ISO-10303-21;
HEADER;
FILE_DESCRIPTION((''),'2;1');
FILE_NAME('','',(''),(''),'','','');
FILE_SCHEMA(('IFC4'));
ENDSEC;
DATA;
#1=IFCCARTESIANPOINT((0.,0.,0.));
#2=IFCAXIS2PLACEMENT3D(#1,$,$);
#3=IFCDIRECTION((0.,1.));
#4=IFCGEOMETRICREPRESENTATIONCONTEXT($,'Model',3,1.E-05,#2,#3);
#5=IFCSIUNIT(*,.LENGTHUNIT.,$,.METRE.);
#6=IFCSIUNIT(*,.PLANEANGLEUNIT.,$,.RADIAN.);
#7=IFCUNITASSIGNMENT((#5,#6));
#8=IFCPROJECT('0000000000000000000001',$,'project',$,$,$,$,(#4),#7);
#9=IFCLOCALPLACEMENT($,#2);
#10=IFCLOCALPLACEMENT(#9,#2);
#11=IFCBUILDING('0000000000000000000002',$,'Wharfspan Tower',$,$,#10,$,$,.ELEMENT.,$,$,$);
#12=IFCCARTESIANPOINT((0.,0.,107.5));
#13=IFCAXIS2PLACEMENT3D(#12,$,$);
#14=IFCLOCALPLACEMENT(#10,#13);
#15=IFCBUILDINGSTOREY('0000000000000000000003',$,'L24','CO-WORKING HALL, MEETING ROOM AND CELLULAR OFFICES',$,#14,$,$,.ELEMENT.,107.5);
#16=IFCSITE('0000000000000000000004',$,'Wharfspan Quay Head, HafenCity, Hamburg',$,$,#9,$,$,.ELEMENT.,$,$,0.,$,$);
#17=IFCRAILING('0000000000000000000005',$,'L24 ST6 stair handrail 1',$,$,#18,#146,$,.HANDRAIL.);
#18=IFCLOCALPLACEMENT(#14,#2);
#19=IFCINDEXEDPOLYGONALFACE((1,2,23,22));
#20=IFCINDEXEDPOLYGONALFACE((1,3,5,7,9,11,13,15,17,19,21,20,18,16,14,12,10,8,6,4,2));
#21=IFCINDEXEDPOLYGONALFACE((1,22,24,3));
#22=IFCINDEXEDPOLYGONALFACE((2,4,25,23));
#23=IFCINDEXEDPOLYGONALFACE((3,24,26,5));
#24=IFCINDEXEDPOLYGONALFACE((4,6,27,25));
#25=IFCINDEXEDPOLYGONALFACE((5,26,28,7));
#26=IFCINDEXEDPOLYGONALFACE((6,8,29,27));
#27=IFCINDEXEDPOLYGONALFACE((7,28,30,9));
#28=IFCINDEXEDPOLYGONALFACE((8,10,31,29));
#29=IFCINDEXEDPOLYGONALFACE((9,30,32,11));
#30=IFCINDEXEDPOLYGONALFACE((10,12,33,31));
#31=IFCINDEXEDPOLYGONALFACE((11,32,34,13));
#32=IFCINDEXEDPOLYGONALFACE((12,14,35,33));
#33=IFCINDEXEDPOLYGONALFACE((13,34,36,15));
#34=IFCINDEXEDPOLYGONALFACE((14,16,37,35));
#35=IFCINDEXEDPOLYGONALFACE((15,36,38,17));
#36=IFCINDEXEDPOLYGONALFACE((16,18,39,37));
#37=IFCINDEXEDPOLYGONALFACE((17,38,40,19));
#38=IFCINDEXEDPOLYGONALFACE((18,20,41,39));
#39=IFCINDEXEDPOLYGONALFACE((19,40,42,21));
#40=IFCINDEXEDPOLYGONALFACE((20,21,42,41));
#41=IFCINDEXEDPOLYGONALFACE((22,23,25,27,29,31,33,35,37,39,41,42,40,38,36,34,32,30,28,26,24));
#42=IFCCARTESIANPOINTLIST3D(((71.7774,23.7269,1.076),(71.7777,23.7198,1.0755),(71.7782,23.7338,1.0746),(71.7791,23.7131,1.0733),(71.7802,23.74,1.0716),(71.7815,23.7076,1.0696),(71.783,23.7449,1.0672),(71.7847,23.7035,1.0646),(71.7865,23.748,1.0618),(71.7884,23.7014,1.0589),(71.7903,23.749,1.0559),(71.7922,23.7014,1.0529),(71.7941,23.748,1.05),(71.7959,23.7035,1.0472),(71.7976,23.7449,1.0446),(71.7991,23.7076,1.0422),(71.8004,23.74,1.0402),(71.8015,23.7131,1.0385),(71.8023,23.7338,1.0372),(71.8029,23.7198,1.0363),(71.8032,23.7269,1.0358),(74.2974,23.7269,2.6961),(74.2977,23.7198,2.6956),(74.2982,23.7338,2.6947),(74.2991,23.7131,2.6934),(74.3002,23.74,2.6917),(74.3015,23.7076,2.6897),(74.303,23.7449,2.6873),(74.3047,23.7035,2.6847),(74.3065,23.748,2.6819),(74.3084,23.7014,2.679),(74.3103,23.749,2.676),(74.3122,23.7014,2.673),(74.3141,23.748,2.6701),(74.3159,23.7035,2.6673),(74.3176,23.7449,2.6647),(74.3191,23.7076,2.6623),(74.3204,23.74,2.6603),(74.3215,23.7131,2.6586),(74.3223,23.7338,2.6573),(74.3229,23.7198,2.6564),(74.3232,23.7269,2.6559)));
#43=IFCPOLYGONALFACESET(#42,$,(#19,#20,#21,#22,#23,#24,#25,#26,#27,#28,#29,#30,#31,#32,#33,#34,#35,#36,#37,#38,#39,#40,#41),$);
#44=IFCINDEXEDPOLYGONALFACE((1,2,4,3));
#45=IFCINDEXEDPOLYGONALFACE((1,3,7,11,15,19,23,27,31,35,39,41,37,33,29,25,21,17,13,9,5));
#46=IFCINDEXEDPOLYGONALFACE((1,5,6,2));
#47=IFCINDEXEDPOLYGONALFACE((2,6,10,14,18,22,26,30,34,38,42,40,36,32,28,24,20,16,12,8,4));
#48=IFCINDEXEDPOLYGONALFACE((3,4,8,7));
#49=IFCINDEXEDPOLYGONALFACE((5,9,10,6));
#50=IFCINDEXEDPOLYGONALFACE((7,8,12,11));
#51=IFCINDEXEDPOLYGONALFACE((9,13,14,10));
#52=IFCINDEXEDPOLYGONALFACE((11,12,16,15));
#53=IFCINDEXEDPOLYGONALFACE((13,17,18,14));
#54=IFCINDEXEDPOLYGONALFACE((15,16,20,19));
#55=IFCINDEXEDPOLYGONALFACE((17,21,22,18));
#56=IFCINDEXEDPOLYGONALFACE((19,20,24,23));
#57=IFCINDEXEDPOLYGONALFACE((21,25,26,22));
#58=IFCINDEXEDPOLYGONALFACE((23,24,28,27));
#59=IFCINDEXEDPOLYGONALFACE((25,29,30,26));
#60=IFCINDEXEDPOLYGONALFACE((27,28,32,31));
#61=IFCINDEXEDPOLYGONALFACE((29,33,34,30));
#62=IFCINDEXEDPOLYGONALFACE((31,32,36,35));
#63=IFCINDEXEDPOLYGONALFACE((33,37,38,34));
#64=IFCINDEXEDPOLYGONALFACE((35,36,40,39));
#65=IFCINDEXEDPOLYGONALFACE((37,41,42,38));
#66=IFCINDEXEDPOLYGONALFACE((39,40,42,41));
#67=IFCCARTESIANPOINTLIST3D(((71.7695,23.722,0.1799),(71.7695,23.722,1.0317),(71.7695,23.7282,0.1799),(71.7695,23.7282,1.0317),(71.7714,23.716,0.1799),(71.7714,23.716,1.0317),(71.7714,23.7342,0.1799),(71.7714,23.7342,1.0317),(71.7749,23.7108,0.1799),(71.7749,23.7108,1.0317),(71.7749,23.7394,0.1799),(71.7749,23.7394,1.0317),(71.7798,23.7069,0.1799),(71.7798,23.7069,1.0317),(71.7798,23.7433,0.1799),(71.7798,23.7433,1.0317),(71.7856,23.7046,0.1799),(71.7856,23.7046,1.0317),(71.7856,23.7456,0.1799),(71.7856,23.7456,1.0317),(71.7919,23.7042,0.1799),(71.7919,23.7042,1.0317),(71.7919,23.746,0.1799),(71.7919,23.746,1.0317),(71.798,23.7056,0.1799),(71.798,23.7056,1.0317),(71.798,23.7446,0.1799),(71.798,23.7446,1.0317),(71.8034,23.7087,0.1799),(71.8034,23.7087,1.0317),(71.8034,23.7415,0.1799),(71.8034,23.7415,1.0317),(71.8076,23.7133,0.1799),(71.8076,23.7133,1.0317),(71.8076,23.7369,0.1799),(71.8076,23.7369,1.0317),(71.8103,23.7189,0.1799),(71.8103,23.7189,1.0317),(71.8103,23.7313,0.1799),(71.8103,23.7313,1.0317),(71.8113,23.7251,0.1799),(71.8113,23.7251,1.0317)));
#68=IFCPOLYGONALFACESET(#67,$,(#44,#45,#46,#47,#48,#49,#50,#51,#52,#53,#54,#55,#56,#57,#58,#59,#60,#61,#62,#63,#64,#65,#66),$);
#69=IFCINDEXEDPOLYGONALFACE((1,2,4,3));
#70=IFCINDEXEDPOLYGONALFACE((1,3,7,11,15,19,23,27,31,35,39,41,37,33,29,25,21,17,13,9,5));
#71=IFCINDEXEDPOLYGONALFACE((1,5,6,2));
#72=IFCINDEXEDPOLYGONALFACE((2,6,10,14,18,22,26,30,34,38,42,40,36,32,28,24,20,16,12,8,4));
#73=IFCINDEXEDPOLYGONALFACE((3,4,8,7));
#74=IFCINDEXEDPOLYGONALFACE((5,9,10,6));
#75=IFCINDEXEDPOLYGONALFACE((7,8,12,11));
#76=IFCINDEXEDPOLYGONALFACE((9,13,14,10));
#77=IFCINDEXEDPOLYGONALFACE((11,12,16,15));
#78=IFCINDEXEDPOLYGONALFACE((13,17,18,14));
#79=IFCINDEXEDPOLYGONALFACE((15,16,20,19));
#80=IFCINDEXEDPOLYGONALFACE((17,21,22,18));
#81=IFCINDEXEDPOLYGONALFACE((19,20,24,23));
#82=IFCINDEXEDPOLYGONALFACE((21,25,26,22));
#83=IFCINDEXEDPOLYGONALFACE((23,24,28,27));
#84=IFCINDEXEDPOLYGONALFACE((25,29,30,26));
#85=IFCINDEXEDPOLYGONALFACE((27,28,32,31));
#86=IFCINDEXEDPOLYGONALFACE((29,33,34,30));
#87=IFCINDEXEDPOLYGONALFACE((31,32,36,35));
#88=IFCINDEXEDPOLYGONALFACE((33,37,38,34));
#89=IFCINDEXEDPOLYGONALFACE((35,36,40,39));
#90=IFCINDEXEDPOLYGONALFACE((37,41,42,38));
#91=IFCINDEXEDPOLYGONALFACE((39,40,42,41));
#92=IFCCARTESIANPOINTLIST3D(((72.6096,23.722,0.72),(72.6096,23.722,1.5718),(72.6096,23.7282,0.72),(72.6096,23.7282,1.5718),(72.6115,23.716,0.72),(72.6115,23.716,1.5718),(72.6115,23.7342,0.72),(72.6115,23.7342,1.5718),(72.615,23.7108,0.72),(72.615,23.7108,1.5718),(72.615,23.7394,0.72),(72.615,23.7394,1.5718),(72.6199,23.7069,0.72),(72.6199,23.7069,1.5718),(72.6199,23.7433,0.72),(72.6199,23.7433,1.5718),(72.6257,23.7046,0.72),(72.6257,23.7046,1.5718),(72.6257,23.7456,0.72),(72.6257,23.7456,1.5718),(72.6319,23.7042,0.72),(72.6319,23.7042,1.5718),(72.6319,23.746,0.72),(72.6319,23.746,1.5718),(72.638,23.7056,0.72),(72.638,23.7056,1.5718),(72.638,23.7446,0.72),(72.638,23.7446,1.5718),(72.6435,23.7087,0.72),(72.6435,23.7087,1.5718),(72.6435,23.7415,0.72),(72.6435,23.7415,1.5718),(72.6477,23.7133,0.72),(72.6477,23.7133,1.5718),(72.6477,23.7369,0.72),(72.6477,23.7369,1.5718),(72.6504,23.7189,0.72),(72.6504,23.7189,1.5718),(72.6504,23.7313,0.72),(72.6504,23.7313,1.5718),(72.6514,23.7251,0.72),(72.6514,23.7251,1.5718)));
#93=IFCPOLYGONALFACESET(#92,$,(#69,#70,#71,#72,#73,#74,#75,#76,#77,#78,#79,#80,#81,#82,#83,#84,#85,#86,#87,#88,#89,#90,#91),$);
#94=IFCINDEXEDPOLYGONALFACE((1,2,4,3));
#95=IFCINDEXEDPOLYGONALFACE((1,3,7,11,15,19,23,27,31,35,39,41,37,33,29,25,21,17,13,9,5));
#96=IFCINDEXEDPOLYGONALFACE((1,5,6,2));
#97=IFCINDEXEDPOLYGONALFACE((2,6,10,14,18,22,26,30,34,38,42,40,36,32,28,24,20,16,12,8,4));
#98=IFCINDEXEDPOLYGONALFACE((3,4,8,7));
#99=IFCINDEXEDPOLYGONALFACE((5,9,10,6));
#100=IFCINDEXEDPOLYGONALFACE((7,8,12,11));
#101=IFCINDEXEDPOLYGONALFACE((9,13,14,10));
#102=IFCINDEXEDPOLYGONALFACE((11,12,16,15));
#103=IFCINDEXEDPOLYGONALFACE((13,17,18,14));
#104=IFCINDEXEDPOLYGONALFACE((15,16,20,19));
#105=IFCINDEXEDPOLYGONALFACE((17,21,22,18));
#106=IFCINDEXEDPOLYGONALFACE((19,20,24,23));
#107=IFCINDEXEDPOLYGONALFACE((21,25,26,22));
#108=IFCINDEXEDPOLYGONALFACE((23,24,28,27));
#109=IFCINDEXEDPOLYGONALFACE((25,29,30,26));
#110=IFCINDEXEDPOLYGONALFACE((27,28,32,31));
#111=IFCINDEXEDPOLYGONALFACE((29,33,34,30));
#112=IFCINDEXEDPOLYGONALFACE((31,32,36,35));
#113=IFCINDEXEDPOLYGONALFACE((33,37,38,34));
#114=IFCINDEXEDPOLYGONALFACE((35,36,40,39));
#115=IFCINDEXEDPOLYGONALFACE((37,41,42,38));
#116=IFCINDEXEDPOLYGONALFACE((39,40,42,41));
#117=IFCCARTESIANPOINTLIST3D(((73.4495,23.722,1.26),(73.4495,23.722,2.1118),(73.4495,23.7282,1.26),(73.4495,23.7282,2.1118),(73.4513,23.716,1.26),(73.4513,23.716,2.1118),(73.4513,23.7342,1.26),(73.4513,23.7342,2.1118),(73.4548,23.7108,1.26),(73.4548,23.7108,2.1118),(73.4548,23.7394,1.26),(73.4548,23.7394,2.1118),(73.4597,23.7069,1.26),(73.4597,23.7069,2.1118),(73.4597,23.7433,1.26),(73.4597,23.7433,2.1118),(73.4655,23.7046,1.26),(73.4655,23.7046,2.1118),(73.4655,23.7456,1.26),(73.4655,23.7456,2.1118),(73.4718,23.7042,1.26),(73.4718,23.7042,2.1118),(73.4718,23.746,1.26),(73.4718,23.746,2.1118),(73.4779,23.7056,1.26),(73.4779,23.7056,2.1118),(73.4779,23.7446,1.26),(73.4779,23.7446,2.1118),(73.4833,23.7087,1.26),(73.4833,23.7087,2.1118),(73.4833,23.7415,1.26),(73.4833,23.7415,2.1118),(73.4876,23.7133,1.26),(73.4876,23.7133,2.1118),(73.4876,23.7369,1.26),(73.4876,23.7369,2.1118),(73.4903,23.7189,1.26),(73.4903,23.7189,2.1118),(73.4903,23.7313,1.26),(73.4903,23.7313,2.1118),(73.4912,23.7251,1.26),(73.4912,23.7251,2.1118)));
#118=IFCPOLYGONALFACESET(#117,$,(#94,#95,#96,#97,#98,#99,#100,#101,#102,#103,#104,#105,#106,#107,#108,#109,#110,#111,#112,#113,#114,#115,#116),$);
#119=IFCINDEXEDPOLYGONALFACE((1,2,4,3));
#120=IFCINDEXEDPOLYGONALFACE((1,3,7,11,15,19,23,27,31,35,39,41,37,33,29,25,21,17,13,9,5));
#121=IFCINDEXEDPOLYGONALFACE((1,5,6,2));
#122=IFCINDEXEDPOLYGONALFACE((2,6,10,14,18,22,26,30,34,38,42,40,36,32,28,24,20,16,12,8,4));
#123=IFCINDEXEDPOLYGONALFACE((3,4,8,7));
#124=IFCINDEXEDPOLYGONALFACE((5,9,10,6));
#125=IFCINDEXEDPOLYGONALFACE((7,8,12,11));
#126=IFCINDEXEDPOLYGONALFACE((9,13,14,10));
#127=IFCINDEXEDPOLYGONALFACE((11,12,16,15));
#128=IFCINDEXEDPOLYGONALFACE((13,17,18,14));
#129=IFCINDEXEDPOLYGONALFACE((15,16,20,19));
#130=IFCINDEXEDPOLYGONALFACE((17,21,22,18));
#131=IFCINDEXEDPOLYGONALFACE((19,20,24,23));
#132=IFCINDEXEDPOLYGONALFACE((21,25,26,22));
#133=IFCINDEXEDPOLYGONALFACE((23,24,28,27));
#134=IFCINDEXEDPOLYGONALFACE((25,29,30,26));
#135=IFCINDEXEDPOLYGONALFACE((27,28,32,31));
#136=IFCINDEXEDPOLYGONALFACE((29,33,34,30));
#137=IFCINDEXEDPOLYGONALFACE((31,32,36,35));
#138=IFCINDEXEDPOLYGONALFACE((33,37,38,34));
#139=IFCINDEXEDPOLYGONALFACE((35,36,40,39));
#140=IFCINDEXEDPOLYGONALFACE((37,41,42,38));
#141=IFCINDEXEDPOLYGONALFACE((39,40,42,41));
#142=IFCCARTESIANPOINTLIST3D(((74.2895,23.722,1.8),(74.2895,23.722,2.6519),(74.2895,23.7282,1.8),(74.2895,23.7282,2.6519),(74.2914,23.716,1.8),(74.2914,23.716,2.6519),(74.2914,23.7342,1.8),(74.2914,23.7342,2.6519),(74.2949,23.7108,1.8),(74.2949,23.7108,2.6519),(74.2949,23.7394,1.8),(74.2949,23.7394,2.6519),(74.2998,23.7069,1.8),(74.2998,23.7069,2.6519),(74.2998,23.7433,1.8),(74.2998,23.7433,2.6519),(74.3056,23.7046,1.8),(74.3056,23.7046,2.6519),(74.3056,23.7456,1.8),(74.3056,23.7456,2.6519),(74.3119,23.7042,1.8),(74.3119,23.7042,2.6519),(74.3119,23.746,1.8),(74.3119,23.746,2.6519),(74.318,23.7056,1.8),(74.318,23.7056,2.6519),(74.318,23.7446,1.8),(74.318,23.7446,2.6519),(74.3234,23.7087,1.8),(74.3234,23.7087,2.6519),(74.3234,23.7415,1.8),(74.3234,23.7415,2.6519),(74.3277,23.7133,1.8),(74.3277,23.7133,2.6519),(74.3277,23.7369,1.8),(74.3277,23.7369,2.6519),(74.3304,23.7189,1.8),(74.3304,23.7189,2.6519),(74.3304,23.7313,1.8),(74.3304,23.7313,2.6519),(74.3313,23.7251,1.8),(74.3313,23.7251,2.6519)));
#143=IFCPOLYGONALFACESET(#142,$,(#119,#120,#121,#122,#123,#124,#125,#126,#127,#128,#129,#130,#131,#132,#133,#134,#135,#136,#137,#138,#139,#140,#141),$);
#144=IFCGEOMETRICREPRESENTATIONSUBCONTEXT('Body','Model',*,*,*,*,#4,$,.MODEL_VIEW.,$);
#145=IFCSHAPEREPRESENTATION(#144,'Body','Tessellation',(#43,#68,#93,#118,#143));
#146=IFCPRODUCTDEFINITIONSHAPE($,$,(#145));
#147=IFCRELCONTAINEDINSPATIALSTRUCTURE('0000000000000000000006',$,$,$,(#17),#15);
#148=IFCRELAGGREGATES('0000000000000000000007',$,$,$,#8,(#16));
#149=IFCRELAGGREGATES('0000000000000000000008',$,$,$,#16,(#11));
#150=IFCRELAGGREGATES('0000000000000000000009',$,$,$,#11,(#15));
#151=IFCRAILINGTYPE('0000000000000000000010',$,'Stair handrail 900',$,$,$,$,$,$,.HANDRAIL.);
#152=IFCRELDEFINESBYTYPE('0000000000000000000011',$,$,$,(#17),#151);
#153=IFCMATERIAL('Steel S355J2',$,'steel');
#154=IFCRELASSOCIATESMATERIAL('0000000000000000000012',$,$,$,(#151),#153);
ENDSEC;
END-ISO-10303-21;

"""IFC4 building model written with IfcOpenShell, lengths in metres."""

from ifc_helpers import new_model, si_unit, direction, frame, origin, origin_2d, place, context, subcontext, project, spatial, circle, extrude, material, type_object, element, save


model = new_model("IFC4")

# Units and contexts
model_context = context("Model", 3, precision=1e-05, world=origin(), true_north=direction((0.0, 1.0)))
body_context = subcontext(model_context, "Body", "Model", "MODEL_VIEW")
ifc_project = project(units=[si_unit("LENGTHUNIT", "METRE"), si_unit("PLANEANGLEUNIT", "RADIAN")], contexts=[model_context])

# Site, building, storey
site_placement = place(None, origin())
site = spatial("IfcSite", under=ifc_project, at=site_placement, Name="Wharfspan Quay Head, HafenCity, Hamburg", CompositionType="ELEMENT", RefElevation=0.0)
building_placement = place(site_placement, origin())
building = spatial("IfcBuilding", under=site, at=building_placement, Name="Wharfspan Tower", CompositionType="ELEMENT")
storey_placement = place(building_placement, frame((0.0, 0.0, 107.5)))
storey = spatial("IfcBuildingStorey", under=building, at=storey_placement, Name="L24", Description="CO-WORKING HALL, MEETING ROOM AND CELLULAR OFFICES", CompositionType="ELEMENT", Elevation=107.5)

# Shared definitions
ifc_material_1 = material(Name="Steel S355J2", Category="steel")

# Railing
railing_type_1 = type_object("IfcRailingType", Name="Stair handrail 900", PredefinedType="HANDRAIL", material=ifc_material_1)
railing_1_placement = place(storey_placement, frame((71.7903, 23.7251, 0.1799)))
element("IfcRailing", 1, at=railing_1_placement, inside=storey, type_object=railing_type_1, Name="L24 ST6 stair handrail 1", PredefinedType="HANDRAIL", context=body_context, shape_type="SweptSolid", body=[
    extrude(circle(Radius=0.0239, at=origin_2d()), frame((0.0, 0.0, 0.876), z_axis=(0.841163, 0.0, 0.540782), x_axis=(0.0, 1.0, 0.0)), (0.0, 0.0, 1.0), 2.9958),
    extrude(circle(Radius=0.021, at=origin_2d()), origin(), (0.0, 0.0, 1.0), 0.8518),
    extrude(circle(Radius=0.021, at=origin_2d()), frame((0.8401, 0.0, 0.54)), (0.0, 0.0, 1.0), 0.8518),
    extrude(circle(Radius=0.021, at=origin_2d()), frame((1.6799, 0.0, 1.0801)), (0.0, 0.0, 1.0), 0.8518),
    extrude(circle(Radius=0.021, at=origin_2d()), frame((2.52, 0.0, 1.6201)), (0.0, 0.0, 1.0), 0.8518),
])

save(model, "model.ifc")
